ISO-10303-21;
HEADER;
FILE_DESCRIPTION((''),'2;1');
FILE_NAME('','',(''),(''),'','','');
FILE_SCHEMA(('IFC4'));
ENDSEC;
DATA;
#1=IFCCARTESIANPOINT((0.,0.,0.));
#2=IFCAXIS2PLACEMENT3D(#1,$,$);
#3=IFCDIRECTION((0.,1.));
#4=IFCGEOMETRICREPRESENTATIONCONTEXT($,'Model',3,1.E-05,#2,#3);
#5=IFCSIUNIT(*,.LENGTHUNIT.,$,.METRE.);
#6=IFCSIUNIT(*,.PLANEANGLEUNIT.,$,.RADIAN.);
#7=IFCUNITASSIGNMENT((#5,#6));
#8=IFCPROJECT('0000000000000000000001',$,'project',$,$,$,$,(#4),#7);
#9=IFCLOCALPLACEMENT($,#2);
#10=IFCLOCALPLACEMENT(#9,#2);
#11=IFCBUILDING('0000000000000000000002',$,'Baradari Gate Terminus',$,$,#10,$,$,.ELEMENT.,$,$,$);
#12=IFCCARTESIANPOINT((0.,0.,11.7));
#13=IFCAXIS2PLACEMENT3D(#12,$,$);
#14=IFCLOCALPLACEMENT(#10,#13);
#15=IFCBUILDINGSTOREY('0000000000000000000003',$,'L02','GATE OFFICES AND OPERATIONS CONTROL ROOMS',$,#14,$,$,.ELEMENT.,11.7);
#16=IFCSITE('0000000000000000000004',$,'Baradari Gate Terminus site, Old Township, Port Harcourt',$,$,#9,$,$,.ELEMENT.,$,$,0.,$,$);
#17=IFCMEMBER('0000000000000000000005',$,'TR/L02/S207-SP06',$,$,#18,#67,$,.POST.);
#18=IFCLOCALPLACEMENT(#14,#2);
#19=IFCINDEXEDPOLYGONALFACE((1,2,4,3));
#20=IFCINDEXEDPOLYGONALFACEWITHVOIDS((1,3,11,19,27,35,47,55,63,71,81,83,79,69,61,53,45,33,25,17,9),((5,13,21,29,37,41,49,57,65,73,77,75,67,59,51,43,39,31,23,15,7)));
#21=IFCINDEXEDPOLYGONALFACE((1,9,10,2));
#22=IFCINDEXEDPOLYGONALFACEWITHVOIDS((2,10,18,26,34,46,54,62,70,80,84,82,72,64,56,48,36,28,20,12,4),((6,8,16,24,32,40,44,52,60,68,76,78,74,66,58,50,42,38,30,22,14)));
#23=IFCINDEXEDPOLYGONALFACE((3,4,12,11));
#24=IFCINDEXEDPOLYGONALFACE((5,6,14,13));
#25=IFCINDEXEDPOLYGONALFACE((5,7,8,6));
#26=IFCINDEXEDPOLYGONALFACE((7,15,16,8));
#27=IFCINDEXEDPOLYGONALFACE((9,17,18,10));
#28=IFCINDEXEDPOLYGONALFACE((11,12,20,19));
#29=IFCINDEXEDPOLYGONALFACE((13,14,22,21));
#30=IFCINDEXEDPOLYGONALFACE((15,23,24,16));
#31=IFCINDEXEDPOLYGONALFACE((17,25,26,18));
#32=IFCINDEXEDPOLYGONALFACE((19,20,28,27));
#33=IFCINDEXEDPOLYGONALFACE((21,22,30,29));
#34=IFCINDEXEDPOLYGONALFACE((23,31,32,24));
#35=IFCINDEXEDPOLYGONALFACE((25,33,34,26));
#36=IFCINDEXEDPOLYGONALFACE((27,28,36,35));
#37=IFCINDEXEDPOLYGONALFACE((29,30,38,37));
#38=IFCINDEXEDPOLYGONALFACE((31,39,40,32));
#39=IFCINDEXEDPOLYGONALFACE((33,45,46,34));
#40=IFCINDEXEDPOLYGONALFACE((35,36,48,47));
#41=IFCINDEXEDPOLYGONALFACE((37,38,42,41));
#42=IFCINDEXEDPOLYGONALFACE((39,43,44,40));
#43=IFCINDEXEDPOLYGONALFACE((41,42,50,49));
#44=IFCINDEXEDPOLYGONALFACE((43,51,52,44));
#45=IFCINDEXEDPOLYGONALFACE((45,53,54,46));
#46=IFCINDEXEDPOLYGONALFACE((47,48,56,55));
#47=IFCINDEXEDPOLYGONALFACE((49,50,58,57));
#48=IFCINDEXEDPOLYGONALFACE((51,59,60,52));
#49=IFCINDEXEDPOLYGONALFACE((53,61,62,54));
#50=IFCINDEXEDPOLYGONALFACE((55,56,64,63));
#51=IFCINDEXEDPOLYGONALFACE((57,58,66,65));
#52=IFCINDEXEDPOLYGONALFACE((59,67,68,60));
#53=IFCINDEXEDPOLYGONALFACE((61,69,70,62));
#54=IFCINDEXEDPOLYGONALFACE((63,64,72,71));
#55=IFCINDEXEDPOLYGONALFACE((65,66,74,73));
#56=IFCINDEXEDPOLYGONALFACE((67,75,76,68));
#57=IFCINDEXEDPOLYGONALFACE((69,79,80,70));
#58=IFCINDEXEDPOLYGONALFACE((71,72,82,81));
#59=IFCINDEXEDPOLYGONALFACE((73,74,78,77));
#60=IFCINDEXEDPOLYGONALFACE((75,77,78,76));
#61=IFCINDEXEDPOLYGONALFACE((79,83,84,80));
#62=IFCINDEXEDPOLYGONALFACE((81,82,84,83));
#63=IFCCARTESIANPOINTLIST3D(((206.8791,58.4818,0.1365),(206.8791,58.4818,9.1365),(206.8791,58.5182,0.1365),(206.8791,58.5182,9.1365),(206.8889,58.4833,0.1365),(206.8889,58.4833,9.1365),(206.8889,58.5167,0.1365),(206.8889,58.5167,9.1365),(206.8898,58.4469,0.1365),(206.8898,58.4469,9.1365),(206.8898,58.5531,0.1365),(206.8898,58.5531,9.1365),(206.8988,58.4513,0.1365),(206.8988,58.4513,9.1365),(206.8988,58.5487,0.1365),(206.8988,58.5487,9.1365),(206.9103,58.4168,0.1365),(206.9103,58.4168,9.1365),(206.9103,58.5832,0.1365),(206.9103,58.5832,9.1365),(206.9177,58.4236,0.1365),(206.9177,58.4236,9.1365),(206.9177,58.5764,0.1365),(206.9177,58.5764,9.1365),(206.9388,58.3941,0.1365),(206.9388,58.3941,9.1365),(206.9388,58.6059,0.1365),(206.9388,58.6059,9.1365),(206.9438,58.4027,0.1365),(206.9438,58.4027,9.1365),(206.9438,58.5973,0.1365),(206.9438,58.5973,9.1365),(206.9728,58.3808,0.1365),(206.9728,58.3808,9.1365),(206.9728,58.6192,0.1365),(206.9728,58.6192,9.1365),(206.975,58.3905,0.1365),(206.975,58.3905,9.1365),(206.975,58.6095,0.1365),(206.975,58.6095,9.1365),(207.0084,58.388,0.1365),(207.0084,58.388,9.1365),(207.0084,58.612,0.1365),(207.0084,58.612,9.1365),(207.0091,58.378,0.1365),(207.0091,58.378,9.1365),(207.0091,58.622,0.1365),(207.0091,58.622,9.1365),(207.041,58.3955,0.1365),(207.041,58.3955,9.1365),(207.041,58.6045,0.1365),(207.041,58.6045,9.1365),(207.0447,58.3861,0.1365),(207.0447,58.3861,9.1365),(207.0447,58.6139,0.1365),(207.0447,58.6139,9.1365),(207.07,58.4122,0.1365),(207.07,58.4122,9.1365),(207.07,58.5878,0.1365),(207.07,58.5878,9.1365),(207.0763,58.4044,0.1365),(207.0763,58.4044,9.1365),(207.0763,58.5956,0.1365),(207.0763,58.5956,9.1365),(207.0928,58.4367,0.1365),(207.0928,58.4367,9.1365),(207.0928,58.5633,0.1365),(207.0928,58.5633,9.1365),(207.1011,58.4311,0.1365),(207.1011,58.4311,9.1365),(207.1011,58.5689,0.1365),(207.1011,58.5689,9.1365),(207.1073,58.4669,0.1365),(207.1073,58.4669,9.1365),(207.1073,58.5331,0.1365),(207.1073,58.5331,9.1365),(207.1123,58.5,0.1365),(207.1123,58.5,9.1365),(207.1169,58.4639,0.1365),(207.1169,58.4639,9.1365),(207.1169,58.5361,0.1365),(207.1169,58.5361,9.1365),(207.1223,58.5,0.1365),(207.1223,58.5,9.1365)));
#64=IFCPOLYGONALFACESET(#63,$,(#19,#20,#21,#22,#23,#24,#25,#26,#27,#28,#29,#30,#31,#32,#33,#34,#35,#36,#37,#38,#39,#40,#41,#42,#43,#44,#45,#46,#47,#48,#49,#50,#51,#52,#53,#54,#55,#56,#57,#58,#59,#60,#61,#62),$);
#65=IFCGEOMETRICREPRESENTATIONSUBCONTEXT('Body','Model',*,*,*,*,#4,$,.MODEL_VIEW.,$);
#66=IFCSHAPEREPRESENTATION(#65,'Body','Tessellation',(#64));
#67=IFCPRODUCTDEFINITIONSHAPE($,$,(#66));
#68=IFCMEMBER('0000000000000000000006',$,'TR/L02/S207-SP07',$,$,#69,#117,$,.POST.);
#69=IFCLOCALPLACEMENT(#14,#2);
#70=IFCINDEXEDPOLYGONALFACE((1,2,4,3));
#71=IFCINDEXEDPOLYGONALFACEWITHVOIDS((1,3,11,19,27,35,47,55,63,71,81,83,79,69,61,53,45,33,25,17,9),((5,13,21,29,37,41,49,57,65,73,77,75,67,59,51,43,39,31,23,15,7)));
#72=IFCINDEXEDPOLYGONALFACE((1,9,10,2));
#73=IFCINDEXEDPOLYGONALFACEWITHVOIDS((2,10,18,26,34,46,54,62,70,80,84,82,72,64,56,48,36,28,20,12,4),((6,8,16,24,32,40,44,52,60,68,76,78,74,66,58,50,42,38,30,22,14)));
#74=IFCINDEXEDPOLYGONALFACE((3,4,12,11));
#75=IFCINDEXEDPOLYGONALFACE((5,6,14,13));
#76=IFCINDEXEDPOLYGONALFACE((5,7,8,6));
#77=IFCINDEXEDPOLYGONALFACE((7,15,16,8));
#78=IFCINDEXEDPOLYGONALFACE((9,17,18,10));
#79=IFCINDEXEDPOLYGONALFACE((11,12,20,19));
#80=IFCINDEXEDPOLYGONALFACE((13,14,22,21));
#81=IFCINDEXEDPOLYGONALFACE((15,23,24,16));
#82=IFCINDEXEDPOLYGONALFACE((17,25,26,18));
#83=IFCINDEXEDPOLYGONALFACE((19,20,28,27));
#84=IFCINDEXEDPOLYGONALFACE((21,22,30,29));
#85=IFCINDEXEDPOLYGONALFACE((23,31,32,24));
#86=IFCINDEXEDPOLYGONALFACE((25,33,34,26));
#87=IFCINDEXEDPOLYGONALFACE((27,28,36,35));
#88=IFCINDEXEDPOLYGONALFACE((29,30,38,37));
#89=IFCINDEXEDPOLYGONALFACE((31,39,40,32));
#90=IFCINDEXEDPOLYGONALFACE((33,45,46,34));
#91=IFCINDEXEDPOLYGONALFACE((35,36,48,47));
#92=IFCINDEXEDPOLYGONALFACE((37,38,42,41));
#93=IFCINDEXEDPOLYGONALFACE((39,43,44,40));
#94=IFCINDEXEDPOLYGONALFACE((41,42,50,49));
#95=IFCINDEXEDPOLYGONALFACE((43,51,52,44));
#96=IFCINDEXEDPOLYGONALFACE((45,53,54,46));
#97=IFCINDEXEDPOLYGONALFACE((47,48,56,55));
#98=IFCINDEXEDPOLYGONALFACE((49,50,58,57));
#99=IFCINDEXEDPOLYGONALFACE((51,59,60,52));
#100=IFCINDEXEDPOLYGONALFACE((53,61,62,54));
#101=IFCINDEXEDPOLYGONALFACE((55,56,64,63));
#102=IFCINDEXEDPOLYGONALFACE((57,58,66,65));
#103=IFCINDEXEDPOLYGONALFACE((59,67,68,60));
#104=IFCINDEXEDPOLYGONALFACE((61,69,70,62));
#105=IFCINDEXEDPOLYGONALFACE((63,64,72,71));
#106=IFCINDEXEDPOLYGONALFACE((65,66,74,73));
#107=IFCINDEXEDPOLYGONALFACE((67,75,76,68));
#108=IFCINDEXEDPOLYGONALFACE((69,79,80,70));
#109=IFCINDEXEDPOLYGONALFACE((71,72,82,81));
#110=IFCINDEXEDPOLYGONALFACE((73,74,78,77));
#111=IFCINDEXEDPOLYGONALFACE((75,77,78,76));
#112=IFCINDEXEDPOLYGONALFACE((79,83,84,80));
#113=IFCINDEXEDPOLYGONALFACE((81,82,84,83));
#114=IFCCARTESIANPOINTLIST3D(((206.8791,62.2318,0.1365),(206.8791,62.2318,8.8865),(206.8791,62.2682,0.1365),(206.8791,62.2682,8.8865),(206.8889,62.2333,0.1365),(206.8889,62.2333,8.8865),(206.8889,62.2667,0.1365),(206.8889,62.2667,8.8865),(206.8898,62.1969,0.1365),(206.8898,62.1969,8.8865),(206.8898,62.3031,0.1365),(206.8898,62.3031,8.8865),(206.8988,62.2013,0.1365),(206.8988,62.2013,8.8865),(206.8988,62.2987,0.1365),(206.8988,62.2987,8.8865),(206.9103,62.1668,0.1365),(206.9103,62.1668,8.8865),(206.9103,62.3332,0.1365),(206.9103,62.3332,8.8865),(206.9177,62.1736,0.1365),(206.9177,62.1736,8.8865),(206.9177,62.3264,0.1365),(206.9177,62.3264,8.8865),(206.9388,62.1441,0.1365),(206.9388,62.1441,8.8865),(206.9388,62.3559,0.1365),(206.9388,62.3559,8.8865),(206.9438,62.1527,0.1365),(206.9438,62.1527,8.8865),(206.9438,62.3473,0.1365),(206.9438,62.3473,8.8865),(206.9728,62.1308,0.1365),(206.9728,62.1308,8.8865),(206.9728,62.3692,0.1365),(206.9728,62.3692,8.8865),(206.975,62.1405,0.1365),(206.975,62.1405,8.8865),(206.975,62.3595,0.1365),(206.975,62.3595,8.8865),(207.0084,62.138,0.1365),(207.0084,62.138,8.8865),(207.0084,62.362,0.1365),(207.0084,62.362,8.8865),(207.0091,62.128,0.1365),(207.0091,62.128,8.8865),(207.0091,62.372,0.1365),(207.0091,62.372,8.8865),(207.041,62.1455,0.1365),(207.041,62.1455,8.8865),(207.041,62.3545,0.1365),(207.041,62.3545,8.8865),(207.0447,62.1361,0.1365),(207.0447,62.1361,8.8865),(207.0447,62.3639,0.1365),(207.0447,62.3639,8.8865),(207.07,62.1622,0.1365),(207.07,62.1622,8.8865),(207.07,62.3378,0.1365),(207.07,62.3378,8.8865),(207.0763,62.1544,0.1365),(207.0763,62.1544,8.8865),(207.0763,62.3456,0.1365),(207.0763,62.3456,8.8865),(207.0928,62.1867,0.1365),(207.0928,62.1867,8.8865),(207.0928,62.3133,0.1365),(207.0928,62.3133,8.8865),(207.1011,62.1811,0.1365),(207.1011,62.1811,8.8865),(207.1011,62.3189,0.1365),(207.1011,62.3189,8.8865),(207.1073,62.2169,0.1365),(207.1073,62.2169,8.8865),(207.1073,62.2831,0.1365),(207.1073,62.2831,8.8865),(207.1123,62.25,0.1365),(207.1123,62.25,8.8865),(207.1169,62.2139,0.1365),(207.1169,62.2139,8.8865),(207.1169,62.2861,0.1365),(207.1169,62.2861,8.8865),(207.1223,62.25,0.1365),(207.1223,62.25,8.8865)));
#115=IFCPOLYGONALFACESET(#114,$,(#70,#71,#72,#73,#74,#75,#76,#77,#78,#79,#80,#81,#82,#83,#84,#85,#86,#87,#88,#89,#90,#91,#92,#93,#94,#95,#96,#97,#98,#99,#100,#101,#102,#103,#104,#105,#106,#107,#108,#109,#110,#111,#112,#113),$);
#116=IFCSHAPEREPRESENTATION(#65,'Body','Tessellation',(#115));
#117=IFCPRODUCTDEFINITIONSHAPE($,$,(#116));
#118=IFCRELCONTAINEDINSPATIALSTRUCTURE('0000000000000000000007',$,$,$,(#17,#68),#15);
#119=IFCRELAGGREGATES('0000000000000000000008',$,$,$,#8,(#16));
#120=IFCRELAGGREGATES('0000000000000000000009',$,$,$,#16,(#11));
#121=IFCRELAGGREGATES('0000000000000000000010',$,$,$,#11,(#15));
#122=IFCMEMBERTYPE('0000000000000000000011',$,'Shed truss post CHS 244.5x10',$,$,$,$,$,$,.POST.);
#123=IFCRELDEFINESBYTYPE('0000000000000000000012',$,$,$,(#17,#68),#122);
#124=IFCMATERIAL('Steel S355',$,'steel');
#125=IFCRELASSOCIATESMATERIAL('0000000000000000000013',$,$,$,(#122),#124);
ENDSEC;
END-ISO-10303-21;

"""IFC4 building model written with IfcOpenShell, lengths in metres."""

from ifc_helpers import new_model, si_unit, direction, frame, origin, origin_2d, place, context, subcontext, project, spatial, hollow_circle, extrude, material, material_profile, profile_set, type_object, element, save


model = new_model("IFC4")

# Units and contexts
model_context = context("Model", 3, precision=1e-05, world=origin(), true_north=direction((0.0, 1.0)))
body_context = subcontext(model_context, "Body", "Model", "MODEL_VIEW")
ifc_project = project(units=[si_unit("LENGTHUNIT", "METRE"), si_unit("PLANEANGLEUNIT", "RADIAN")], contexts=[model_context])

# Site, building, storey
site_placement = place(None, origin())
site = spatial("IfcSite", under=ifc_project, at=site_placement, Name="Baradari Gate Terminus site, Old Township, Port Harcourt", CompositionType="ELEMENT", RefElevation=0.0)
building_placement = place(site_placement, origin())
building = spatial("IfcBuilding", under=site, at=building_placement, Name="Baradari Gate Terminus", CompositionType="ELEMENT")
storey_placement = place(building_placement, frame((0.0, 0.0, 11.7)))
storey = spatial("IfcBuildingStorey", under=building, at=storey_placement, Name="L02", Description="GATE OFFICES AND OPERATIONS CONTROL ROOMS", CompositionType="ELEMENT", Elevation=11.7)

# Members
ifc_material_1 = material(Name="Steel S355", Category="steel")
ifc_material_profile_1 = material_profile(ifc_material_1, hollow_circle(Radius=0.1223, WallThickness=0.01, at=origin_2d()), Name="CHS 244.5x10")
ifc_profile_set_1 = profile_set([ifc_material_profile_1], Name="Steel S355")
member_type_1 = type_object("IfcMemberType", Name="Shed truss post CHS 244.5x10", PredefinedType="POST", material=ifc_profile_set_1)
member_1_placement = place(storey_placement, frame((207.0, 58.5, 0.1365), z_axis=(0.0, 0.0, 1.0), x_axis=(1.0, 0.0, 0.0)))
element("IfcMember", 1, at=member_1_placement, inside=storey, type_object=member_type_1, Name="TR/L02/S207-SP06", PredefinedType="POST", context=body_context, shape_type="SweptSolid", body=[
    extrude(hollow_circle(Radius=0.1223, WallThickness=0.01, at=origin_2d()), origin(), (0.0, 0.0, 1.0), 9.0),
])
member_2_placement = place(storey_placement, frame((207.0, 62.25, 0.1365), z_axis=(0.0, 0.0, 1.0), x_axis=(1.0, 0.0, 0.0)))
element("IfcMember", 2, at=member_2_placement, inside=storey, type_object=member_type_1, Name="TR/L02/S207-SP07", PredefinedType="POST", context=body_context, shape_type="SweptSolid", body=[
    extrude(hollow_circle(Radius=0.1223, WallThickness=0.01, at=origin_2d()), origin(), (0.0, 0.0, 1.0), 8.75),
])

save(model, "model.ifc")
